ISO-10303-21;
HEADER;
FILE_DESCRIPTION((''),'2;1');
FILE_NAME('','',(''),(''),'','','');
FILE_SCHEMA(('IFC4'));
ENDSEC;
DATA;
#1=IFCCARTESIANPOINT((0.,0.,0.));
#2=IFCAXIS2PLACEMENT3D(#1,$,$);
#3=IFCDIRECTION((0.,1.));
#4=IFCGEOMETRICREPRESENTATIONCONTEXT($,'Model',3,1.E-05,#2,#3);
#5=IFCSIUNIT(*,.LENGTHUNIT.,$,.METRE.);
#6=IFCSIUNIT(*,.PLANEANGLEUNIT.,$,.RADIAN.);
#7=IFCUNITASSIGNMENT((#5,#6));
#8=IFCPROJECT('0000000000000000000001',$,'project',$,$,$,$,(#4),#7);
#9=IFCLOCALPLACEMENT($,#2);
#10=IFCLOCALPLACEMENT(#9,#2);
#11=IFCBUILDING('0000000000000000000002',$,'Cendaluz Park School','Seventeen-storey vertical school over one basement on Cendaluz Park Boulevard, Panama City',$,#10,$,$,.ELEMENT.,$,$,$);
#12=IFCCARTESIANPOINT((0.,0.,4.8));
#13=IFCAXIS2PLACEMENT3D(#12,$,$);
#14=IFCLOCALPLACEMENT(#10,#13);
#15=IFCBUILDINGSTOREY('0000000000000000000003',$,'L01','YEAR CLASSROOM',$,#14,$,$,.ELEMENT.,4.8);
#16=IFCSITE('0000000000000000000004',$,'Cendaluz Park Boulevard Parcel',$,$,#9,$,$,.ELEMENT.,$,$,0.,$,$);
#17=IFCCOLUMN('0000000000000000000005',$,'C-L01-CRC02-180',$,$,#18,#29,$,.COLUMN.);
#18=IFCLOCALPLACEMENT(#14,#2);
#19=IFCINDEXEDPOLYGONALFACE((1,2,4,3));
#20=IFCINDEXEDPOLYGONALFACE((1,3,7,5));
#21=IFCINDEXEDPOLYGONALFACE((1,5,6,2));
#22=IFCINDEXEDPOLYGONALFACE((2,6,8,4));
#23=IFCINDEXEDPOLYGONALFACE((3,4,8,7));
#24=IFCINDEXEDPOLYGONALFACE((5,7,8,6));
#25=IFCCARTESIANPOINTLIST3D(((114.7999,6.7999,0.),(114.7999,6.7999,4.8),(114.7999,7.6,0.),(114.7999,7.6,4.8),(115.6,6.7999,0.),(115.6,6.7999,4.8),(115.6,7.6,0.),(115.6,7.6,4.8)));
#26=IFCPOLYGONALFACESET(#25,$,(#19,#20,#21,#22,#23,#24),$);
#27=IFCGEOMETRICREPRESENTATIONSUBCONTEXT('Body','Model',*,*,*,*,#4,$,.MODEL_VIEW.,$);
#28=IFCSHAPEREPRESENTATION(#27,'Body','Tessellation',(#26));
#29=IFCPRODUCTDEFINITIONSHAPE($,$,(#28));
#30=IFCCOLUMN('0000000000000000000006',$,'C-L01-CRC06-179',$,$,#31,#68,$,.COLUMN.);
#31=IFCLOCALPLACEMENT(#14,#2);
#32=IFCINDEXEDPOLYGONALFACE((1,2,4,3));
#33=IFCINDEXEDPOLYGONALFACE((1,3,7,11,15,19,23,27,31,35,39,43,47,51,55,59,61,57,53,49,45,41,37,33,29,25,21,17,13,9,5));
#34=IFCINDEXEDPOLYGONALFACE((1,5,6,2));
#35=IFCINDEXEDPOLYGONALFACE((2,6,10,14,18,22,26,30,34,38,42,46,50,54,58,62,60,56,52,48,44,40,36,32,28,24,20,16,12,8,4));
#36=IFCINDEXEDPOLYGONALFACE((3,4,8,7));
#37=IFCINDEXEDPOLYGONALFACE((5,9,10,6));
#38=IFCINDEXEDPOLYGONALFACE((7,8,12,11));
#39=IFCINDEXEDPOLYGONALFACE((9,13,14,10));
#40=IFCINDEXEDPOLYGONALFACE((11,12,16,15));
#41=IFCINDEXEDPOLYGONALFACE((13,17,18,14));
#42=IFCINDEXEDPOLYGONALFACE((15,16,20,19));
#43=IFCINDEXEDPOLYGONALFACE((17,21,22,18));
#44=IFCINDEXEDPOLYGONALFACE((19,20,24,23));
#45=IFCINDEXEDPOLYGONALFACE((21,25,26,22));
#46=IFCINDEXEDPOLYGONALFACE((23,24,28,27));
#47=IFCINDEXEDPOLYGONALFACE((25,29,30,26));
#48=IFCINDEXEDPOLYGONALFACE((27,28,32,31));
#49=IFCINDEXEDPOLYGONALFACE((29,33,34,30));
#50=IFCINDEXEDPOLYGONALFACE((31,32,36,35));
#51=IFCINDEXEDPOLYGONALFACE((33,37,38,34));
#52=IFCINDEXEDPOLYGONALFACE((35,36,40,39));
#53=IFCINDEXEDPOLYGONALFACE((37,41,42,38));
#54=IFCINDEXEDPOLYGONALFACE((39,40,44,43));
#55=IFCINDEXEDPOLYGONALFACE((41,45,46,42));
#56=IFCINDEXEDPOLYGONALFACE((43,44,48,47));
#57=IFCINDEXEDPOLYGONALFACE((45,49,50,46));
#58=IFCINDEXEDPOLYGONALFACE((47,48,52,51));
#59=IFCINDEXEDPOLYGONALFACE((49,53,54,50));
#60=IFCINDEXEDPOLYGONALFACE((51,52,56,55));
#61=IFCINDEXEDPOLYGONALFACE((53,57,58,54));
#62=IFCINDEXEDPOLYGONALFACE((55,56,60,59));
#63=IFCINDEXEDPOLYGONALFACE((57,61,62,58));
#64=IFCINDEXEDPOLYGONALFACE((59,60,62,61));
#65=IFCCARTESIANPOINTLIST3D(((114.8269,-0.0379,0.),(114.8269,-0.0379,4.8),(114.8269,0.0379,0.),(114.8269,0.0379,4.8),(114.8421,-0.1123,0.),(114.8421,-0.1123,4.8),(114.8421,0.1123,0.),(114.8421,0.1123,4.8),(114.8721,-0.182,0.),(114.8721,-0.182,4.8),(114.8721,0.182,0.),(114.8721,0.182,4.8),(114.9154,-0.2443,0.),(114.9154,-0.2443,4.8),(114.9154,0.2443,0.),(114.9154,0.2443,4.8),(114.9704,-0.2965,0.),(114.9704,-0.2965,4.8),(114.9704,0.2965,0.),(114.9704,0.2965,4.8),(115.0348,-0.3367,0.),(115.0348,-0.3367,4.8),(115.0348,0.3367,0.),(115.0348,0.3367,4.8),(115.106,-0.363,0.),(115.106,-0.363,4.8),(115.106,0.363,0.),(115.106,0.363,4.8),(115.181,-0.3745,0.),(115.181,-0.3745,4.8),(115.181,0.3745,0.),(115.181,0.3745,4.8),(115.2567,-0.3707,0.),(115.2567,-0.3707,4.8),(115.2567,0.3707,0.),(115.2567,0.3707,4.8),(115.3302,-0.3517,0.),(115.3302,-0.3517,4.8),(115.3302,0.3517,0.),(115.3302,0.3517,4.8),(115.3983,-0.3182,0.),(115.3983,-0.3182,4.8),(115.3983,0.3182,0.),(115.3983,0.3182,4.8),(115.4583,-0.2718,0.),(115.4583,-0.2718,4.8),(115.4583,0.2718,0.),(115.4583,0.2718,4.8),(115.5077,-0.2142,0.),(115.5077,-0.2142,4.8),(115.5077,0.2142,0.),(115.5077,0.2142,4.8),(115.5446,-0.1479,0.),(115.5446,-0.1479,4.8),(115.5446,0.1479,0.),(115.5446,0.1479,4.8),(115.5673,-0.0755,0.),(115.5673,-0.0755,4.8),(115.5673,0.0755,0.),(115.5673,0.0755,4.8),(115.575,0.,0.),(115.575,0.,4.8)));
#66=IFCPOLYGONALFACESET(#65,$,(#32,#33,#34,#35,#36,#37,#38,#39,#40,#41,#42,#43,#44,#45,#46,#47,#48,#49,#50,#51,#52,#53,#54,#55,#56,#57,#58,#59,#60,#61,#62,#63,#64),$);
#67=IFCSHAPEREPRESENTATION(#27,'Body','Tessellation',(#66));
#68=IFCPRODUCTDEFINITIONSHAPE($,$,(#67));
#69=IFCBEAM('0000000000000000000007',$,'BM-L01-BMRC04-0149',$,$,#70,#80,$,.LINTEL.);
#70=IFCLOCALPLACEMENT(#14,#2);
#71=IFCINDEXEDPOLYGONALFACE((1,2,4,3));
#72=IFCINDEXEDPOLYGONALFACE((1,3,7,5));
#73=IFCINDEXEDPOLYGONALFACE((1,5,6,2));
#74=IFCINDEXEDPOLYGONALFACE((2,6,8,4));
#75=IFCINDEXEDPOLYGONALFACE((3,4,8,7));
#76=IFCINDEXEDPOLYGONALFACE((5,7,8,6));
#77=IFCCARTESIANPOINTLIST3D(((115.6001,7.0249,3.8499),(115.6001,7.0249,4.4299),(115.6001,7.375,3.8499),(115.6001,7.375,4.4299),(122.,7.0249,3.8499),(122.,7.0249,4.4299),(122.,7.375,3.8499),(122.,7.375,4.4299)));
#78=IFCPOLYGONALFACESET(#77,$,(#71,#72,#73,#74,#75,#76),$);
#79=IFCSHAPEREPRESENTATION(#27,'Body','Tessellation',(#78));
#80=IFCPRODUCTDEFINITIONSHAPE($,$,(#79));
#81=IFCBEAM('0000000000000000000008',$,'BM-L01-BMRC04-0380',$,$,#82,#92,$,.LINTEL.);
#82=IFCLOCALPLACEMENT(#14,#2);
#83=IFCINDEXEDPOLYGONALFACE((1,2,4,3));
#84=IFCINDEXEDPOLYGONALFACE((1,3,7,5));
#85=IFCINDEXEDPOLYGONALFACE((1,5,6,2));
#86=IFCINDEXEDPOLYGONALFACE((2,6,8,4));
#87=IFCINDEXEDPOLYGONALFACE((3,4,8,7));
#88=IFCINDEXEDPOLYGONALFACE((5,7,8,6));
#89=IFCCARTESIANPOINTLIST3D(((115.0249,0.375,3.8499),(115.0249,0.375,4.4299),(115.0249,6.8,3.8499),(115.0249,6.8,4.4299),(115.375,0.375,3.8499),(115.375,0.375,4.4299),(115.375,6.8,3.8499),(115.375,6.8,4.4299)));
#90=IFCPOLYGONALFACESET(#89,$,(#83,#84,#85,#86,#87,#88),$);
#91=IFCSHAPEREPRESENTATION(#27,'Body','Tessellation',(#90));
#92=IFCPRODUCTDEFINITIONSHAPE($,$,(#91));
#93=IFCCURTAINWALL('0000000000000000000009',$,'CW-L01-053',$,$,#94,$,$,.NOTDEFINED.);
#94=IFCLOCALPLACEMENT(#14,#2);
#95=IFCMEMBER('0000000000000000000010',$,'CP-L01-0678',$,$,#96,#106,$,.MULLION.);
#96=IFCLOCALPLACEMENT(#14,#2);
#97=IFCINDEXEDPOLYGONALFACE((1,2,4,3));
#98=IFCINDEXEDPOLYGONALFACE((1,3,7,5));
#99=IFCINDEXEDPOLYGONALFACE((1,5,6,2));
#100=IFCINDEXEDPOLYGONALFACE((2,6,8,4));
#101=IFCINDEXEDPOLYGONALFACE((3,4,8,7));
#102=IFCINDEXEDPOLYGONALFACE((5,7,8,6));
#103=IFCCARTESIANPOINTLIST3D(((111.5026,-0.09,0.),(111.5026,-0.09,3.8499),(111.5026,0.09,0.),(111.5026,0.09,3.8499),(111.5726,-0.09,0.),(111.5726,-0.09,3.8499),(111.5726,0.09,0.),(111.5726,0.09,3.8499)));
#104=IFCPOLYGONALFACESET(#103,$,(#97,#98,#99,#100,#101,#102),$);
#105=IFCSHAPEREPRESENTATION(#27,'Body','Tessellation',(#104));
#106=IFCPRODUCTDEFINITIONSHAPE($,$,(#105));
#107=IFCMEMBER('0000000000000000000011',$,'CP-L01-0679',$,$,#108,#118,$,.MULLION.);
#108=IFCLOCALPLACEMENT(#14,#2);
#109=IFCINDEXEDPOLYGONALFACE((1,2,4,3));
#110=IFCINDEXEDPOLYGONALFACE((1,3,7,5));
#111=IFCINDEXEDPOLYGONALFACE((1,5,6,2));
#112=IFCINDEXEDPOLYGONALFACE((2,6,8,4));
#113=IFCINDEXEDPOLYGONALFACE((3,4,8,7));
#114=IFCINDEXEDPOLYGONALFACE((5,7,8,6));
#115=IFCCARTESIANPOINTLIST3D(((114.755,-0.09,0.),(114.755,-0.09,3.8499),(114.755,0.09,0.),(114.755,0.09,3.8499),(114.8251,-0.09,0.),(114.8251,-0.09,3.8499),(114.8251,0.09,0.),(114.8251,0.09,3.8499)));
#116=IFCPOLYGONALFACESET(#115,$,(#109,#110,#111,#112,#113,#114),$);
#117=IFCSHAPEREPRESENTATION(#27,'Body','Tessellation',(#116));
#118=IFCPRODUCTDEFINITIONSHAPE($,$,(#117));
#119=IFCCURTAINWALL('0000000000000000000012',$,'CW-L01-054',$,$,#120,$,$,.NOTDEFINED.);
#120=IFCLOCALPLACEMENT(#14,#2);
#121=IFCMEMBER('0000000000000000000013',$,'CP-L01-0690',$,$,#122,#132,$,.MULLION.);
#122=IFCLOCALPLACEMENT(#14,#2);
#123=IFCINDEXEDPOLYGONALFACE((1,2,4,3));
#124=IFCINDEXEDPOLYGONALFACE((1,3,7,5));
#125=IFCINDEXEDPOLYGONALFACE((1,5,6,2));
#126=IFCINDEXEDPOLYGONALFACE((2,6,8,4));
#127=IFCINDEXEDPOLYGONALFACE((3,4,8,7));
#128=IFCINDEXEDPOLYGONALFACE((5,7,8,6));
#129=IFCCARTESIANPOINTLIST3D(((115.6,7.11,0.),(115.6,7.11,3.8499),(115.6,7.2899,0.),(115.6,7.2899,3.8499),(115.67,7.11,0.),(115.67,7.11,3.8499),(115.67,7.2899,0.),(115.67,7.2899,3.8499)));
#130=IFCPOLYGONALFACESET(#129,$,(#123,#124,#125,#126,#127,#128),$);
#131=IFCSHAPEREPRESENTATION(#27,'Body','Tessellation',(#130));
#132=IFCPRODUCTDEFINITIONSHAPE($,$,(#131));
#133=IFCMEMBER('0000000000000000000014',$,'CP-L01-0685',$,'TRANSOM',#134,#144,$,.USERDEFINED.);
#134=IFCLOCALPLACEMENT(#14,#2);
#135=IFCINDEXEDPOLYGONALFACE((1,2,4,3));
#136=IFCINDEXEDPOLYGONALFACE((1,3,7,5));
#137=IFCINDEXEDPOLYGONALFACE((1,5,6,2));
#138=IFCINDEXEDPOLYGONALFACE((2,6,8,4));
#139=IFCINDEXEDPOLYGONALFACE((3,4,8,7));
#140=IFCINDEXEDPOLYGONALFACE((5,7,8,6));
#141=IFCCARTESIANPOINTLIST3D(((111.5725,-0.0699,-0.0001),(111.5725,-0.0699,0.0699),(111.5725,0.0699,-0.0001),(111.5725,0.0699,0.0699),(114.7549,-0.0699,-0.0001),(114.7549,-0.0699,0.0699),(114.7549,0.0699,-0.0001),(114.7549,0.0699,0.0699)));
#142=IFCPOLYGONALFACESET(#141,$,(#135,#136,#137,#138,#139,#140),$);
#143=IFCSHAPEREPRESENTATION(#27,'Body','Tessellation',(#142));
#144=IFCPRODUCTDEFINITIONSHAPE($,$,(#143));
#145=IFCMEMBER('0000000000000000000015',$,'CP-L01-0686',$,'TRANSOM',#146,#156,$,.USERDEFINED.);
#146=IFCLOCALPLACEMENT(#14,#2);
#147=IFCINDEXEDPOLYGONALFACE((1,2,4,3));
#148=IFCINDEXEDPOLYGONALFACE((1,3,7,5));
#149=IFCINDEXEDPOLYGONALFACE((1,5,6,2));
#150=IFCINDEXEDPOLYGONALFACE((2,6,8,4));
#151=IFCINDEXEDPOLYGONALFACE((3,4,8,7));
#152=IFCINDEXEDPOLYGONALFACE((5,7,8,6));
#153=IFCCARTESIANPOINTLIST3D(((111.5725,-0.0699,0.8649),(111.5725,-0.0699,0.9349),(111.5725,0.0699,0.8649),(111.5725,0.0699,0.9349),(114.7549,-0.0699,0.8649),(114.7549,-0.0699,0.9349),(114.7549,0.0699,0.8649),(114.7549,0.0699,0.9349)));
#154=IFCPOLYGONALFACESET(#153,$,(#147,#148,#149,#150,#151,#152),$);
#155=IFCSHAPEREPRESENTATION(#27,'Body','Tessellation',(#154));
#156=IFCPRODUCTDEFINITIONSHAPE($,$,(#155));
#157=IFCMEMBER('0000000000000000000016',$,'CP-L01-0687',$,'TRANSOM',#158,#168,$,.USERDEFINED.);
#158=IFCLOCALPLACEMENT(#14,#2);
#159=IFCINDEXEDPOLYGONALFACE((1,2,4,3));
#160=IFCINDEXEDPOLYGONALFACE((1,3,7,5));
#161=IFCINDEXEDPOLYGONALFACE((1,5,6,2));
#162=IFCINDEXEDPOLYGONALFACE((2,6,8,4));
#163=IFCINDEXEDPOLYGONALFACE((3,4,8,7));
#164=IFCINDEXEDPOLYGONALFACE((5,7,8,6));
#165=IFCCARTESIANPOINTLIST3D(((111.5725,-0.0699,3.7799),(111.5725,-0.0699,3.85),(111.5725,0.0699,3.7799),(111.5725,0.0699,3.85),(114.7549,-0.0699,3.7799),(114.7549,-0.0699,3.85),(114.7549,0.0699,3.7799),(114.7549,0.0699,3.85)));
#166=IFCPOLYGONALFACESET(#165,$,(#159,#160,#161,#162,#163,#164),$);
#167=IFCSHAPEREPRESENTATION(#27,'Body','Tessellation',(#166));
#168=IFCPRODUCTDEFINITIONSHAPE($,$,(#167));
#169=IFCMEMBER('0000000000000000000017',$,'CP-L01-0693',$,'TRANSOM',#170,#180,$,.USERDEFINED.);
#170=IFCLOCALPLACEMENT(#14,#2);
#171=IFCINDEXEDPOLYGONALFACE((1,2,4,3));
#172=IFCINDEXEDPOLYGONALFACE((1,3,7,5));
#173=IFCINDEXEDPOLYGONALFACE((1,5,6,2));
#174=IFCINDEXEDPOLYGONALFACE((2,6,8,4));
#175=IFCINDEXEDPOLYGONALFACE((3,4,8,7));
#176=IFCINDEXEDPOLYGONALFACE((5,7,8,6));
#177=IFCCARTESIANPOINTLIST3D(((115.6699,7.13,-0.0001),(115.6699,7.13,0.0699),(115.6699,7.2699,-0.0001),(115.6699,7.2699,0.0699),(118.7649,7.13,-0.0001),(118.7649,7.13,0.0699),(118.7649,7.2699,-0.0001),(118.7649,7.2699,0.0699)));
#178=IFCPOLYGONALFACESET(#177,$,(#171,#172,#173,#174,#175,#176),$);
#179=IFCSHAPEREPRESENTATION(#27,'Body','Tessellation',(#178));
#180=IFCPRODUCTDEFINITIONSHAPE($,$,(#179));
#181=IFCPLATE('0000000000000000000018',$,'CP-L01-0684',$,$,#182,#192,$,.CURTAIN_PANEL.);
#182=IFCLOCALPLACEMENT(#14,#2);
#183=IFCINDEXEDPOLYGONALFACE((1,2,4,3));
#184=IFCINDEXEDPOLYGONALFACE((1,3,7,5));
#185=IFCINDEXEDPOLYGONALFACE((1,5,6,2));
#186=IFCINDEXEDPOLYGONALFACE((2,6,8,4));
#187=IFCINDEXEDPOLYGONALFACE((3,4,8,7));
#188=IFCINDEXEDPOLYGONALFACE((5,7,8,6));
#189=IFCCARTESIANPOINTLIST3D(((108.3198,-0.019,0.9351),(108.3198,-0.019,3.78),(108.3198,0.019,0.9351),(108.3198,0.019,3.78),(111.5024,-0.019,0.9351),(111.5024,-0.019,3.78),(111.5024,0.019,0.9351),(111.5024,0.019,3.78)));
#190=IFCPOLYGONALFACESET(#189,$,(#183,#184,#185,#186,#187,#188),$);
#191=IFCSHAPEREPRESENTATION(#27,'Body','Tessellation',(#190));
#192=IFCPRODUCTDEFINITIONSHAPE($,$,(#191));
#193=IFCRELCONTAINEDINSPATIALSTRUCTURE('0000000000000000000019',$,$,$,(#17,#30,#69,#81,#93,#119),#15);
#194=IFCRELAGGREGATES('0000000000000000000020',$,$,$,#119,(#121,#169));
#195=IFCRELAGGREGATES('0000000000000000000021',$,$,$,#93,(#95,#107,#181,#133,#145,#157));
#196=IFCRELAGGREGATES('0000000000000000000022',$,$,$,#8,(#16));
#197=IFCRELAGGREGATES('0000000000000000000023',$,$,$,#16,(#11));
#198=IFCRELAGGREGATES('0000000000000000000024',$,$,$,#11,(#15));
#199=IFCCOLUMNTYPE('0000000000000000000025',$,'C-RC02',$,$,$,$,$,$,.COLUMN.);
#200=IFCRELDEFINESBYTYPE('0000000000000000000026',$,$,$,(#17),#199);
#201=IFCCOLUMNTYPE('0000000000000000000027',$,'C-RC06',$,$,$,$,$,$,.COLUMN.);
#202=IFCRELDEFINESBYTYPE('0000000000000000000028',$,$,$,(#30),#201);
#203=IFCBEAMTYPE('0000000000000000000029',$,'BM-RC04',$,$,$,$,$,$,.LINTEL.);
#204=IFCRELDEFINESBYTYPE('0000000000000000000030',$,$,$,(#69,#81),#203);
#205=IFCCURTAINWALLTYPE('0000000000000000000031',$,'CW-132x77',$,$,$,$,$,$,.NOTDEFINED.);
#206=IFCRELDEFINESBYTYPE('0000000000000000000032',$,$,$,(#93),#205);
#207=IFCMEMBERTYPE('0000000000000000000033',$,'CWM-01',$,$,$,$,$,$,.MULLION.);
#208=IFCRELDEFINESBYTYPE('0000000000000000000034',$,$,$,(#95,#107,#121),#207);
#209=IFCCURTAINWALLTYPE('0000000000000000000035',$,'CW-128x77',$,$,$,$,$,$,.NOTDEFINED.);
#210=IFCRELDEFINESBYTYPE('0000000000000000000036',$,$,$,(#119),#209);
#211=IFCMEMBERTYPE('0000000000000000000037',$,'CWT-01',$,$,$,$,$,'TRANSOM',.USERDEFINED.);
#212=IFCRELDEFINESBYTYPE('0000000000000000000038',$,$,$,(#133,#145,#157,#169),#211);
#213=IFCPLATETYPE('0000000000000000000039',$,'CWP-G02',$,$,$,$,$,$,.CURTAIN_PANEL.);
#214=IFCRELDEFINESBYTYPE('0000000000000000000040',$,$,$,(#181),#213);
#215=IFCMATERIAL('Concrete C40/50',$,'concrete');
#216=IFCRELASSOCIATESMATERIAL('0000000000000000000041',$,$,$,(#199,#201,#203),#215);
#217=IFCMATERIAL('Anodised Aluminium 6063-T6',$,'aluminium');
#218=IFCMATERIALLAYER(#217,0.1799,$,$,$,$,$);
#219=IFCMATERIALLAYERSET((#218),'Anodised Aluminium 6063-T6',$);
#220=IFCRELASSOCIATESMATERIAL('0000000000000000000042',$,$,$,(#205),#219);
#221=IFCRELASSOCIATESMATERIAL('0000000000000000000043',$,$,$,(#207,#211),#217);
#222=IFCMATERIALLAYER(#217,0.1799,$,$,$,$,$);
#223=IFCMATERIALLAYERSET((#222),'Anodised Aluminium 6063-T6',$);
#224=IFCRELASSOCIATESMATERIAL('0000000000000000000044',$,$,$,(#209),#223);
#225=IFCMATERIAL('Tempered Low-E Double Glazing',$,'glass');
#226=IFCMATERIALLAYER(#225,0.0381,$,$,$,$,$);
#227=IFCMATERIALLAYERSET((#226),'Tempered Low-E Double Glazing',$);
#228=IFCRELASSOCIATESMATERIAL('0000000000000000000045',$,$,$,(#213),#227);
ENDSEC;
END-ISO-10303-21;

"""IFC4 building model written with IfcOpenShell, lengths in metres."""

from ifc_helpers import new_model, si_unit, direction, frame, origin, origin_2d, place, context, subcontext, project, spatial, rectangle, circle, extrude, material, layer, layer_set, material_profile, profile_set, type_object, element, aggregate, save


model = new_model("IFC4")

# Units and contexts
model_context = context("Model", 3, precision=1e-05, world=origin(), true_north=direction((0.0, 1.0)))
body_context = subcontext(model_context, "Body", "Model", "MODEL_VIEW")
ifc_project = project(units=[si_unit("LENGTHUNIT", "METRE"), si_unit("PLANEANGLEUNIT", "RADIAN")], contexts=[model_context])

# Site, building, storey
site_placement = place(None, origin())
site = spatial("IfcSite", under=ifc_project, at=site_placement, Name="Cendaluz Park Boulevard Parcel", CompositionType="ELEMENT", RefElevation=0.0)
building_placement = place(site_placement, origin())
building = spatial("IfcBuilding", under=site, at=building_placement, Name="Cendaluz Park School", Description="Seventeen-storey vertical school over one basement on Cendaluz Park Boulevard, Panama City", CompositionType="ELEMENT")
storey_placement = place(building_placement, frame((0.0, 0.0, 4.8)))
storey = spatial("IfcBuildingStorey", under=building, at=storey_placement, Name="L01", Description="YEAR CLASSROOM", CompositionType="ELEMENT", Elevation=4.8)

# Columns
ifc_material_1 = material(Name="Concrete C40/50", Category="concrete")
ifc_material_profile_1 = material_profile(ifc_material_1, rectangle(XDim=0.8, YDim=0.8, at=origin_2d()), Name="RC 800x800", Category="concrete")
ifc_profile_set_1 = profile_set([ifc_material_profile_1], Name="Concrete C40/50")
column_type_1 = type_object("IfcColumnType", Name="C-RC02", PredefinedType="COLUMN", material=ifc_profile_set_1)
column_1_placement = place(storey_placement, frame((115.2, 7.2, 0.0), z_axis=(0.0, 0.0, 1.0), x_axis=(1.0, 0.0, 0.0)))
element("IfcColumn", 1, at=column_1_placement, inside=storey, type_object=column_type_1, Name="C-L01-CRC02-180", PredefinedType="COLUMN", context=body_context, shape_type="SweptSolid", body=[
    extrude(rectangle(XDim=0.8, YDim=0.8, at=origin_2d()), origin(), (0.0, 0.0, 1.0), 4.8),
])
ifc_material_profile_2 = material_profile(ifc_material_1, circle(Radius=0.375, at=origin_2d()), Name="RC D750", Category="concrete")
ifc_profile_set_2 = profile_set([ifc_material_profile_2], Name="Concrete C40/50")
column_type_2 = type_object("IfcColumnType", Name="C-RC06", PredefinedType="COLUMN", material=ifc_profile_set_2)
column_2_placement = place(storey_placement, frame((115.2, 0.0, 0.0), z_axis=(0.0, 0.0, 1.0), x_axis=(1.0, 0.0, 0.0)))
element("IfcColumn", 2, at=column_2_placement, inside=storey, type_object=column_type_2, Name="C-L01-CRC06-179", PredefinedType="COLUMN", context=body_context, shape_type="SweptSolid", body=[
    extrude(circle(Radius=0.375, at=origin_2d()), origin(), (0.0, 0.0, 1.0), 4.8),
])

# Beams
ifc_material_profile_3 = material_profile(ifc_material_1, rectangle(XDim=0.3501, YDim=0.5801, at=origin_2d()), Name="RC 350x580", Category="concrete")
ifc_profile_set_3 = profile_set([ifc_material_profile_3], Name="Concrete C40/50")
beam_type = type_object("IfcBeamType", Name="BM-RC04", PredefinedType="LINTEL", material=ifc_profile_set_3)
beam_1_placement = place(storey_placement, frame((115.6001, 7.2, 4.1399), z_axis=(1.0, 0.0, 0.0), x_axis=(0.0, 1.0, 0.0)))
element("IfcBeam", 3, at=beam_1_placement, inside=storey, type_object=beam_type, Name="BM-L01-BMRC04-0149", PredefinedType="LINTEL", context=body_context, shape_type="SweptSolid", body=[
    extrude(rectangle(XDim=0.3501, YDim=0.5801, at=origin_2d()), origin(), (0.0, 0.0, 1.0), 6.3999),
])
beam_2_placement = place(storey_placement, frame((115.2, 0.375, 4.1399), z_axis=(0.0, 1.0, 0.0), x_axis=(-1.0, 0.0, 0.0)))
element("IfcBeam", 4, at=beam_2_placement, inside=storey, type_object=beam_type, Name="BM-L01-BMRC04-0380", PredefinedType="LINTEL", context=body_context, shape_type="SweptSolid", body=[
    extrude(rectangle(XDim=0.3501, YDim=0.5801, at=origin_2d()), origin(), (0.0, 0.0, 1.0), 6.425),
])

# Curtain wall, members
ifc_material_2 = material(Name="Anodised Aluminium 6063-T6", Category="aluminium")
ifc_layer_1 = layer(ifc_material_2, 0.1799)
ifc_layer_set_1 = layer_set([ifc_layer_1], Name="Anodised Aluminium 6063-T6")
curtain_wall_type_1 = type_object("IfcCurtainWallType", Name="CW-132x77", PredefinedType="NOTDEFINED", material=ifc_layer_set_1)
curtain_wall_1_placement = place(storey_placement, origin())
curtain_wall_1 = element("IfcCurtainWall", 5, at=curtain_wall_1_placement, inside=storey, type_object=curtain_wall_type_1, Name="CW-L01-053", PredefinedType="NOTDEFINED")
ifc_material_profile_4 = material_profile(ifc_material_2, rectangle(XDim=0.1799, YDim=0.0701, at=origin_2d()), Name="CWM 180x70", Category="aluminium")
ifc_profile_set_4 = profile_set([ifc_material_profile_4], Name="Anodised Aluminium 6063-T6")
member_type_1 = type_object("IfcMemberType", Name="CWM-01", PredefinedType="MULLION", material=ifc_profile_set_4)
member_1_placement = place(storey_placement, frame((111.5376, 0.0, 0.0), z_axis=(0.0, 0.0, 1.0), x_axis=(0.0, 1.0, 0.0)))
member_1 = element("IfcMember", 6, at=member_1_placement, type_object=member_type_1, Name="CP-L01-0678", PredefinedType="MULLION", context=body_context, shape_type="SweptSolid", body=[
    extrude(rectangle(XDim=0.1799, YDim=0.0701, at=origin_2d()), origin(), (0.0, 0.0, 1.0), 3.8499),
])
member_2_placement = place(storey_placement, frame((114.79, 0.0, 0.0), z_axis=(0.0, 0.0, 1.0), x_axis=(0.0, 1.0, 0.0)))
member_2 = element("IfcMember", 7, at=member_2_placement, type_object=member_type_1, Name="CP-L01-0679", PredefinedType="MULLION", context=body_context, shape_type="SweptSolid", body=[
    extrude(rectangle(XDim=0.1799, YDim=0.0701, at=origin_2d()), origin(), (0.0, 0.0, 1.0), 3.8499),
])

# Curtain wall, member
ifc_layer_2 = layer(ifc_material_2, 0.1799)
ifc_layer_set_2 = layer_set([ifc_layer_2], Name="Anodised Aluminium 6063-T6")
curtain_wall_type_2 = type_object("IfcCurtainWallType", Name="CW-128x77", PredefinedType="NOTDEFINED", material=ifc_layer_set_2)
curtain_wall_2_placement = place(storey_placement, origin())
curtain_wall_2 = element("IfcCurtainWall", 8, at=curtain_wall_2_placement, inside=storey, type_object=curtain_wall_type_2, Name="CW-L01-054", PredefinedType="NOTDEFINED")
member_3_placement = place(storey_placement, frame((115.635, 7.2, 0.0), z_axis=(0.0, 0.0, 1.0), x_axis=(0.0, 1.0, 0.0)))
member_3 = element("IfcMember", 9, at=member_3_placement, type_object=member_type_1, Name="CP-L01-0690", PredefinedType="MULLION", context=body_context, shape_type="SweptSolid", body=[
    extrude(rectangle(XDim=0.1799, YDim=0.0701, at=origin_2d()), origin(), (0.0, 0.0, 1.0), 3.8499),
])

# Members
ifc_material_profile_5 = material_profile(ifc_material_2, rectangle(XDim=0.1399, YDim=0.0701, at=origin_2d()), Name="CWT 140x70", Category="aluminium")
ifc_profile_set_5 = profile_set([ifc_material_profile_5], Name="Anodised Aluminium 6063-T6")
member_type_2 = type_object("IfcMemberType", Name="CWT-01", ElementType="TRANSOM", PredefinedType="USERDEFINED", material=ifc_profile_set_5)
member_4_placement = place(storey_placement, frame((111.5725, 0.0, 0.0349), z_axis=(1.0, 0.0, 0.0), x_axis=(0.0, 1.0, 0.0)))
member_4 = element("IfcMember", 10, at=member_4_placement, type_object=member_type_2, Name="CP-L01-0685", ObjectType="TRANSOM", PredefinedType="USERDEFINED", context=body_context, shape_type="SweptSolid", body=[
    extrude(rectangle(XDim=0.1399, YDim=0.0701, at=origin_2d()), origin(), (0.0, 0.0, 1.0), 3.1824),
])
member_5_placement = place(storey_placement, frame((111.5725, 0.0, 0.8999), z_axis=(1.0, 0.0, 0.0), x_axis=(0.0, 1.0, 0.0)))
member_5 = element("IfcMember", 11, at=member_5_placement, type_object=member_type_2, Name="CP-L01-0686", ObjectType="TRANSOM", PredefinedType="USERDEFINED", context=body_context, shape_type="SweptSolid", body=[
    extrude(rectangle(XDim=0.1399, YDim=0.0701, at=origin_2d()), origin(), (0.0, 0.0, 1.0), 3.1824),
])
member_6_placement = place(storey_placement, frame((111.5725, 0.0, 3.8149), z_axis=(1.0, 0.0, 0.0), x_axis=(0.0, 1.0, 0.0)))
member_6 = element("IfcMember", 12, at=member_6_placement, type_object=member_type_2, Name="CP-L01-0687", ObjectType="TRANSOM", PredefinedType="USERDEFINED", context=body_context, shape_type="SweptSolid", body=[
    extrude(rectangle(XDim=0.1399, YDim=0.0701, at=origin_2d()), origin(), (0.0, 0.0, 1.0), 3.1824),
])
member_7_placement = place(storey_placement, frame((115.6699, 7.2, 0.0349), z_axis=(1.0, 0.0, 0.0), x_axis=(0.0, 1.0, 0.0)))
member_7 = element("IfcMember", 13, at=member_7_placement, type_object=member_type_2, Name="CP-L01-0693", ObjectType="TRANSOM", PredefinedType="USERDEFINED", context=body_context, shape_type="SweptSolid", body=[
    extrude(rectangle(XDim=0.1399, YDim=0.0701, at=origin_2d()), origin(), (0.0, 0.0, 1.0), 3.095),
])
aggregate(curtain_wall_2, [member_3, member_7])

# Plate
ifc_material_3 = material(Name="Tempered Low-E Double Glazing", Category="glass")
ifc_layer_3 = layer(ifc_material_3, 0.0381)
ifc_layer_set_3 = layer_set([ifc_layer_3], Name="Tempered Low-E Double Glazing")
plate_type_1 = type_object("IfcPlateType", Name="CWP-G02", PredefinedType="CURTAIN_PANEL", material=ifc_layer_set_3)
plate_1_placement = place(storey_placement, frame((109.9111, 0.0, 0.9351), z_axis=(0.0, 0.0, 1.0), x_axis=(1.0, 0.0, 0.0)))
plate_1 = element("IfcPlate", 14, at=plate_1_placement, type_object=plate_type_1, Name="CP-L01-0684", PredefinedType="CURTAIN_PANEL", context=body_context, shape_type="SweptSolid", body=[
    extrude(rectangle(XDim=3.1826, YDim=0.0381, at=origin_2d()), origin(), (0.0, 0.0, 1.0), 2.845),
])
aggregate(curtain_wall_1, [member_1, member_2, plate_1, member_4, member_5, member_6])

save(model, "model.ifc")
